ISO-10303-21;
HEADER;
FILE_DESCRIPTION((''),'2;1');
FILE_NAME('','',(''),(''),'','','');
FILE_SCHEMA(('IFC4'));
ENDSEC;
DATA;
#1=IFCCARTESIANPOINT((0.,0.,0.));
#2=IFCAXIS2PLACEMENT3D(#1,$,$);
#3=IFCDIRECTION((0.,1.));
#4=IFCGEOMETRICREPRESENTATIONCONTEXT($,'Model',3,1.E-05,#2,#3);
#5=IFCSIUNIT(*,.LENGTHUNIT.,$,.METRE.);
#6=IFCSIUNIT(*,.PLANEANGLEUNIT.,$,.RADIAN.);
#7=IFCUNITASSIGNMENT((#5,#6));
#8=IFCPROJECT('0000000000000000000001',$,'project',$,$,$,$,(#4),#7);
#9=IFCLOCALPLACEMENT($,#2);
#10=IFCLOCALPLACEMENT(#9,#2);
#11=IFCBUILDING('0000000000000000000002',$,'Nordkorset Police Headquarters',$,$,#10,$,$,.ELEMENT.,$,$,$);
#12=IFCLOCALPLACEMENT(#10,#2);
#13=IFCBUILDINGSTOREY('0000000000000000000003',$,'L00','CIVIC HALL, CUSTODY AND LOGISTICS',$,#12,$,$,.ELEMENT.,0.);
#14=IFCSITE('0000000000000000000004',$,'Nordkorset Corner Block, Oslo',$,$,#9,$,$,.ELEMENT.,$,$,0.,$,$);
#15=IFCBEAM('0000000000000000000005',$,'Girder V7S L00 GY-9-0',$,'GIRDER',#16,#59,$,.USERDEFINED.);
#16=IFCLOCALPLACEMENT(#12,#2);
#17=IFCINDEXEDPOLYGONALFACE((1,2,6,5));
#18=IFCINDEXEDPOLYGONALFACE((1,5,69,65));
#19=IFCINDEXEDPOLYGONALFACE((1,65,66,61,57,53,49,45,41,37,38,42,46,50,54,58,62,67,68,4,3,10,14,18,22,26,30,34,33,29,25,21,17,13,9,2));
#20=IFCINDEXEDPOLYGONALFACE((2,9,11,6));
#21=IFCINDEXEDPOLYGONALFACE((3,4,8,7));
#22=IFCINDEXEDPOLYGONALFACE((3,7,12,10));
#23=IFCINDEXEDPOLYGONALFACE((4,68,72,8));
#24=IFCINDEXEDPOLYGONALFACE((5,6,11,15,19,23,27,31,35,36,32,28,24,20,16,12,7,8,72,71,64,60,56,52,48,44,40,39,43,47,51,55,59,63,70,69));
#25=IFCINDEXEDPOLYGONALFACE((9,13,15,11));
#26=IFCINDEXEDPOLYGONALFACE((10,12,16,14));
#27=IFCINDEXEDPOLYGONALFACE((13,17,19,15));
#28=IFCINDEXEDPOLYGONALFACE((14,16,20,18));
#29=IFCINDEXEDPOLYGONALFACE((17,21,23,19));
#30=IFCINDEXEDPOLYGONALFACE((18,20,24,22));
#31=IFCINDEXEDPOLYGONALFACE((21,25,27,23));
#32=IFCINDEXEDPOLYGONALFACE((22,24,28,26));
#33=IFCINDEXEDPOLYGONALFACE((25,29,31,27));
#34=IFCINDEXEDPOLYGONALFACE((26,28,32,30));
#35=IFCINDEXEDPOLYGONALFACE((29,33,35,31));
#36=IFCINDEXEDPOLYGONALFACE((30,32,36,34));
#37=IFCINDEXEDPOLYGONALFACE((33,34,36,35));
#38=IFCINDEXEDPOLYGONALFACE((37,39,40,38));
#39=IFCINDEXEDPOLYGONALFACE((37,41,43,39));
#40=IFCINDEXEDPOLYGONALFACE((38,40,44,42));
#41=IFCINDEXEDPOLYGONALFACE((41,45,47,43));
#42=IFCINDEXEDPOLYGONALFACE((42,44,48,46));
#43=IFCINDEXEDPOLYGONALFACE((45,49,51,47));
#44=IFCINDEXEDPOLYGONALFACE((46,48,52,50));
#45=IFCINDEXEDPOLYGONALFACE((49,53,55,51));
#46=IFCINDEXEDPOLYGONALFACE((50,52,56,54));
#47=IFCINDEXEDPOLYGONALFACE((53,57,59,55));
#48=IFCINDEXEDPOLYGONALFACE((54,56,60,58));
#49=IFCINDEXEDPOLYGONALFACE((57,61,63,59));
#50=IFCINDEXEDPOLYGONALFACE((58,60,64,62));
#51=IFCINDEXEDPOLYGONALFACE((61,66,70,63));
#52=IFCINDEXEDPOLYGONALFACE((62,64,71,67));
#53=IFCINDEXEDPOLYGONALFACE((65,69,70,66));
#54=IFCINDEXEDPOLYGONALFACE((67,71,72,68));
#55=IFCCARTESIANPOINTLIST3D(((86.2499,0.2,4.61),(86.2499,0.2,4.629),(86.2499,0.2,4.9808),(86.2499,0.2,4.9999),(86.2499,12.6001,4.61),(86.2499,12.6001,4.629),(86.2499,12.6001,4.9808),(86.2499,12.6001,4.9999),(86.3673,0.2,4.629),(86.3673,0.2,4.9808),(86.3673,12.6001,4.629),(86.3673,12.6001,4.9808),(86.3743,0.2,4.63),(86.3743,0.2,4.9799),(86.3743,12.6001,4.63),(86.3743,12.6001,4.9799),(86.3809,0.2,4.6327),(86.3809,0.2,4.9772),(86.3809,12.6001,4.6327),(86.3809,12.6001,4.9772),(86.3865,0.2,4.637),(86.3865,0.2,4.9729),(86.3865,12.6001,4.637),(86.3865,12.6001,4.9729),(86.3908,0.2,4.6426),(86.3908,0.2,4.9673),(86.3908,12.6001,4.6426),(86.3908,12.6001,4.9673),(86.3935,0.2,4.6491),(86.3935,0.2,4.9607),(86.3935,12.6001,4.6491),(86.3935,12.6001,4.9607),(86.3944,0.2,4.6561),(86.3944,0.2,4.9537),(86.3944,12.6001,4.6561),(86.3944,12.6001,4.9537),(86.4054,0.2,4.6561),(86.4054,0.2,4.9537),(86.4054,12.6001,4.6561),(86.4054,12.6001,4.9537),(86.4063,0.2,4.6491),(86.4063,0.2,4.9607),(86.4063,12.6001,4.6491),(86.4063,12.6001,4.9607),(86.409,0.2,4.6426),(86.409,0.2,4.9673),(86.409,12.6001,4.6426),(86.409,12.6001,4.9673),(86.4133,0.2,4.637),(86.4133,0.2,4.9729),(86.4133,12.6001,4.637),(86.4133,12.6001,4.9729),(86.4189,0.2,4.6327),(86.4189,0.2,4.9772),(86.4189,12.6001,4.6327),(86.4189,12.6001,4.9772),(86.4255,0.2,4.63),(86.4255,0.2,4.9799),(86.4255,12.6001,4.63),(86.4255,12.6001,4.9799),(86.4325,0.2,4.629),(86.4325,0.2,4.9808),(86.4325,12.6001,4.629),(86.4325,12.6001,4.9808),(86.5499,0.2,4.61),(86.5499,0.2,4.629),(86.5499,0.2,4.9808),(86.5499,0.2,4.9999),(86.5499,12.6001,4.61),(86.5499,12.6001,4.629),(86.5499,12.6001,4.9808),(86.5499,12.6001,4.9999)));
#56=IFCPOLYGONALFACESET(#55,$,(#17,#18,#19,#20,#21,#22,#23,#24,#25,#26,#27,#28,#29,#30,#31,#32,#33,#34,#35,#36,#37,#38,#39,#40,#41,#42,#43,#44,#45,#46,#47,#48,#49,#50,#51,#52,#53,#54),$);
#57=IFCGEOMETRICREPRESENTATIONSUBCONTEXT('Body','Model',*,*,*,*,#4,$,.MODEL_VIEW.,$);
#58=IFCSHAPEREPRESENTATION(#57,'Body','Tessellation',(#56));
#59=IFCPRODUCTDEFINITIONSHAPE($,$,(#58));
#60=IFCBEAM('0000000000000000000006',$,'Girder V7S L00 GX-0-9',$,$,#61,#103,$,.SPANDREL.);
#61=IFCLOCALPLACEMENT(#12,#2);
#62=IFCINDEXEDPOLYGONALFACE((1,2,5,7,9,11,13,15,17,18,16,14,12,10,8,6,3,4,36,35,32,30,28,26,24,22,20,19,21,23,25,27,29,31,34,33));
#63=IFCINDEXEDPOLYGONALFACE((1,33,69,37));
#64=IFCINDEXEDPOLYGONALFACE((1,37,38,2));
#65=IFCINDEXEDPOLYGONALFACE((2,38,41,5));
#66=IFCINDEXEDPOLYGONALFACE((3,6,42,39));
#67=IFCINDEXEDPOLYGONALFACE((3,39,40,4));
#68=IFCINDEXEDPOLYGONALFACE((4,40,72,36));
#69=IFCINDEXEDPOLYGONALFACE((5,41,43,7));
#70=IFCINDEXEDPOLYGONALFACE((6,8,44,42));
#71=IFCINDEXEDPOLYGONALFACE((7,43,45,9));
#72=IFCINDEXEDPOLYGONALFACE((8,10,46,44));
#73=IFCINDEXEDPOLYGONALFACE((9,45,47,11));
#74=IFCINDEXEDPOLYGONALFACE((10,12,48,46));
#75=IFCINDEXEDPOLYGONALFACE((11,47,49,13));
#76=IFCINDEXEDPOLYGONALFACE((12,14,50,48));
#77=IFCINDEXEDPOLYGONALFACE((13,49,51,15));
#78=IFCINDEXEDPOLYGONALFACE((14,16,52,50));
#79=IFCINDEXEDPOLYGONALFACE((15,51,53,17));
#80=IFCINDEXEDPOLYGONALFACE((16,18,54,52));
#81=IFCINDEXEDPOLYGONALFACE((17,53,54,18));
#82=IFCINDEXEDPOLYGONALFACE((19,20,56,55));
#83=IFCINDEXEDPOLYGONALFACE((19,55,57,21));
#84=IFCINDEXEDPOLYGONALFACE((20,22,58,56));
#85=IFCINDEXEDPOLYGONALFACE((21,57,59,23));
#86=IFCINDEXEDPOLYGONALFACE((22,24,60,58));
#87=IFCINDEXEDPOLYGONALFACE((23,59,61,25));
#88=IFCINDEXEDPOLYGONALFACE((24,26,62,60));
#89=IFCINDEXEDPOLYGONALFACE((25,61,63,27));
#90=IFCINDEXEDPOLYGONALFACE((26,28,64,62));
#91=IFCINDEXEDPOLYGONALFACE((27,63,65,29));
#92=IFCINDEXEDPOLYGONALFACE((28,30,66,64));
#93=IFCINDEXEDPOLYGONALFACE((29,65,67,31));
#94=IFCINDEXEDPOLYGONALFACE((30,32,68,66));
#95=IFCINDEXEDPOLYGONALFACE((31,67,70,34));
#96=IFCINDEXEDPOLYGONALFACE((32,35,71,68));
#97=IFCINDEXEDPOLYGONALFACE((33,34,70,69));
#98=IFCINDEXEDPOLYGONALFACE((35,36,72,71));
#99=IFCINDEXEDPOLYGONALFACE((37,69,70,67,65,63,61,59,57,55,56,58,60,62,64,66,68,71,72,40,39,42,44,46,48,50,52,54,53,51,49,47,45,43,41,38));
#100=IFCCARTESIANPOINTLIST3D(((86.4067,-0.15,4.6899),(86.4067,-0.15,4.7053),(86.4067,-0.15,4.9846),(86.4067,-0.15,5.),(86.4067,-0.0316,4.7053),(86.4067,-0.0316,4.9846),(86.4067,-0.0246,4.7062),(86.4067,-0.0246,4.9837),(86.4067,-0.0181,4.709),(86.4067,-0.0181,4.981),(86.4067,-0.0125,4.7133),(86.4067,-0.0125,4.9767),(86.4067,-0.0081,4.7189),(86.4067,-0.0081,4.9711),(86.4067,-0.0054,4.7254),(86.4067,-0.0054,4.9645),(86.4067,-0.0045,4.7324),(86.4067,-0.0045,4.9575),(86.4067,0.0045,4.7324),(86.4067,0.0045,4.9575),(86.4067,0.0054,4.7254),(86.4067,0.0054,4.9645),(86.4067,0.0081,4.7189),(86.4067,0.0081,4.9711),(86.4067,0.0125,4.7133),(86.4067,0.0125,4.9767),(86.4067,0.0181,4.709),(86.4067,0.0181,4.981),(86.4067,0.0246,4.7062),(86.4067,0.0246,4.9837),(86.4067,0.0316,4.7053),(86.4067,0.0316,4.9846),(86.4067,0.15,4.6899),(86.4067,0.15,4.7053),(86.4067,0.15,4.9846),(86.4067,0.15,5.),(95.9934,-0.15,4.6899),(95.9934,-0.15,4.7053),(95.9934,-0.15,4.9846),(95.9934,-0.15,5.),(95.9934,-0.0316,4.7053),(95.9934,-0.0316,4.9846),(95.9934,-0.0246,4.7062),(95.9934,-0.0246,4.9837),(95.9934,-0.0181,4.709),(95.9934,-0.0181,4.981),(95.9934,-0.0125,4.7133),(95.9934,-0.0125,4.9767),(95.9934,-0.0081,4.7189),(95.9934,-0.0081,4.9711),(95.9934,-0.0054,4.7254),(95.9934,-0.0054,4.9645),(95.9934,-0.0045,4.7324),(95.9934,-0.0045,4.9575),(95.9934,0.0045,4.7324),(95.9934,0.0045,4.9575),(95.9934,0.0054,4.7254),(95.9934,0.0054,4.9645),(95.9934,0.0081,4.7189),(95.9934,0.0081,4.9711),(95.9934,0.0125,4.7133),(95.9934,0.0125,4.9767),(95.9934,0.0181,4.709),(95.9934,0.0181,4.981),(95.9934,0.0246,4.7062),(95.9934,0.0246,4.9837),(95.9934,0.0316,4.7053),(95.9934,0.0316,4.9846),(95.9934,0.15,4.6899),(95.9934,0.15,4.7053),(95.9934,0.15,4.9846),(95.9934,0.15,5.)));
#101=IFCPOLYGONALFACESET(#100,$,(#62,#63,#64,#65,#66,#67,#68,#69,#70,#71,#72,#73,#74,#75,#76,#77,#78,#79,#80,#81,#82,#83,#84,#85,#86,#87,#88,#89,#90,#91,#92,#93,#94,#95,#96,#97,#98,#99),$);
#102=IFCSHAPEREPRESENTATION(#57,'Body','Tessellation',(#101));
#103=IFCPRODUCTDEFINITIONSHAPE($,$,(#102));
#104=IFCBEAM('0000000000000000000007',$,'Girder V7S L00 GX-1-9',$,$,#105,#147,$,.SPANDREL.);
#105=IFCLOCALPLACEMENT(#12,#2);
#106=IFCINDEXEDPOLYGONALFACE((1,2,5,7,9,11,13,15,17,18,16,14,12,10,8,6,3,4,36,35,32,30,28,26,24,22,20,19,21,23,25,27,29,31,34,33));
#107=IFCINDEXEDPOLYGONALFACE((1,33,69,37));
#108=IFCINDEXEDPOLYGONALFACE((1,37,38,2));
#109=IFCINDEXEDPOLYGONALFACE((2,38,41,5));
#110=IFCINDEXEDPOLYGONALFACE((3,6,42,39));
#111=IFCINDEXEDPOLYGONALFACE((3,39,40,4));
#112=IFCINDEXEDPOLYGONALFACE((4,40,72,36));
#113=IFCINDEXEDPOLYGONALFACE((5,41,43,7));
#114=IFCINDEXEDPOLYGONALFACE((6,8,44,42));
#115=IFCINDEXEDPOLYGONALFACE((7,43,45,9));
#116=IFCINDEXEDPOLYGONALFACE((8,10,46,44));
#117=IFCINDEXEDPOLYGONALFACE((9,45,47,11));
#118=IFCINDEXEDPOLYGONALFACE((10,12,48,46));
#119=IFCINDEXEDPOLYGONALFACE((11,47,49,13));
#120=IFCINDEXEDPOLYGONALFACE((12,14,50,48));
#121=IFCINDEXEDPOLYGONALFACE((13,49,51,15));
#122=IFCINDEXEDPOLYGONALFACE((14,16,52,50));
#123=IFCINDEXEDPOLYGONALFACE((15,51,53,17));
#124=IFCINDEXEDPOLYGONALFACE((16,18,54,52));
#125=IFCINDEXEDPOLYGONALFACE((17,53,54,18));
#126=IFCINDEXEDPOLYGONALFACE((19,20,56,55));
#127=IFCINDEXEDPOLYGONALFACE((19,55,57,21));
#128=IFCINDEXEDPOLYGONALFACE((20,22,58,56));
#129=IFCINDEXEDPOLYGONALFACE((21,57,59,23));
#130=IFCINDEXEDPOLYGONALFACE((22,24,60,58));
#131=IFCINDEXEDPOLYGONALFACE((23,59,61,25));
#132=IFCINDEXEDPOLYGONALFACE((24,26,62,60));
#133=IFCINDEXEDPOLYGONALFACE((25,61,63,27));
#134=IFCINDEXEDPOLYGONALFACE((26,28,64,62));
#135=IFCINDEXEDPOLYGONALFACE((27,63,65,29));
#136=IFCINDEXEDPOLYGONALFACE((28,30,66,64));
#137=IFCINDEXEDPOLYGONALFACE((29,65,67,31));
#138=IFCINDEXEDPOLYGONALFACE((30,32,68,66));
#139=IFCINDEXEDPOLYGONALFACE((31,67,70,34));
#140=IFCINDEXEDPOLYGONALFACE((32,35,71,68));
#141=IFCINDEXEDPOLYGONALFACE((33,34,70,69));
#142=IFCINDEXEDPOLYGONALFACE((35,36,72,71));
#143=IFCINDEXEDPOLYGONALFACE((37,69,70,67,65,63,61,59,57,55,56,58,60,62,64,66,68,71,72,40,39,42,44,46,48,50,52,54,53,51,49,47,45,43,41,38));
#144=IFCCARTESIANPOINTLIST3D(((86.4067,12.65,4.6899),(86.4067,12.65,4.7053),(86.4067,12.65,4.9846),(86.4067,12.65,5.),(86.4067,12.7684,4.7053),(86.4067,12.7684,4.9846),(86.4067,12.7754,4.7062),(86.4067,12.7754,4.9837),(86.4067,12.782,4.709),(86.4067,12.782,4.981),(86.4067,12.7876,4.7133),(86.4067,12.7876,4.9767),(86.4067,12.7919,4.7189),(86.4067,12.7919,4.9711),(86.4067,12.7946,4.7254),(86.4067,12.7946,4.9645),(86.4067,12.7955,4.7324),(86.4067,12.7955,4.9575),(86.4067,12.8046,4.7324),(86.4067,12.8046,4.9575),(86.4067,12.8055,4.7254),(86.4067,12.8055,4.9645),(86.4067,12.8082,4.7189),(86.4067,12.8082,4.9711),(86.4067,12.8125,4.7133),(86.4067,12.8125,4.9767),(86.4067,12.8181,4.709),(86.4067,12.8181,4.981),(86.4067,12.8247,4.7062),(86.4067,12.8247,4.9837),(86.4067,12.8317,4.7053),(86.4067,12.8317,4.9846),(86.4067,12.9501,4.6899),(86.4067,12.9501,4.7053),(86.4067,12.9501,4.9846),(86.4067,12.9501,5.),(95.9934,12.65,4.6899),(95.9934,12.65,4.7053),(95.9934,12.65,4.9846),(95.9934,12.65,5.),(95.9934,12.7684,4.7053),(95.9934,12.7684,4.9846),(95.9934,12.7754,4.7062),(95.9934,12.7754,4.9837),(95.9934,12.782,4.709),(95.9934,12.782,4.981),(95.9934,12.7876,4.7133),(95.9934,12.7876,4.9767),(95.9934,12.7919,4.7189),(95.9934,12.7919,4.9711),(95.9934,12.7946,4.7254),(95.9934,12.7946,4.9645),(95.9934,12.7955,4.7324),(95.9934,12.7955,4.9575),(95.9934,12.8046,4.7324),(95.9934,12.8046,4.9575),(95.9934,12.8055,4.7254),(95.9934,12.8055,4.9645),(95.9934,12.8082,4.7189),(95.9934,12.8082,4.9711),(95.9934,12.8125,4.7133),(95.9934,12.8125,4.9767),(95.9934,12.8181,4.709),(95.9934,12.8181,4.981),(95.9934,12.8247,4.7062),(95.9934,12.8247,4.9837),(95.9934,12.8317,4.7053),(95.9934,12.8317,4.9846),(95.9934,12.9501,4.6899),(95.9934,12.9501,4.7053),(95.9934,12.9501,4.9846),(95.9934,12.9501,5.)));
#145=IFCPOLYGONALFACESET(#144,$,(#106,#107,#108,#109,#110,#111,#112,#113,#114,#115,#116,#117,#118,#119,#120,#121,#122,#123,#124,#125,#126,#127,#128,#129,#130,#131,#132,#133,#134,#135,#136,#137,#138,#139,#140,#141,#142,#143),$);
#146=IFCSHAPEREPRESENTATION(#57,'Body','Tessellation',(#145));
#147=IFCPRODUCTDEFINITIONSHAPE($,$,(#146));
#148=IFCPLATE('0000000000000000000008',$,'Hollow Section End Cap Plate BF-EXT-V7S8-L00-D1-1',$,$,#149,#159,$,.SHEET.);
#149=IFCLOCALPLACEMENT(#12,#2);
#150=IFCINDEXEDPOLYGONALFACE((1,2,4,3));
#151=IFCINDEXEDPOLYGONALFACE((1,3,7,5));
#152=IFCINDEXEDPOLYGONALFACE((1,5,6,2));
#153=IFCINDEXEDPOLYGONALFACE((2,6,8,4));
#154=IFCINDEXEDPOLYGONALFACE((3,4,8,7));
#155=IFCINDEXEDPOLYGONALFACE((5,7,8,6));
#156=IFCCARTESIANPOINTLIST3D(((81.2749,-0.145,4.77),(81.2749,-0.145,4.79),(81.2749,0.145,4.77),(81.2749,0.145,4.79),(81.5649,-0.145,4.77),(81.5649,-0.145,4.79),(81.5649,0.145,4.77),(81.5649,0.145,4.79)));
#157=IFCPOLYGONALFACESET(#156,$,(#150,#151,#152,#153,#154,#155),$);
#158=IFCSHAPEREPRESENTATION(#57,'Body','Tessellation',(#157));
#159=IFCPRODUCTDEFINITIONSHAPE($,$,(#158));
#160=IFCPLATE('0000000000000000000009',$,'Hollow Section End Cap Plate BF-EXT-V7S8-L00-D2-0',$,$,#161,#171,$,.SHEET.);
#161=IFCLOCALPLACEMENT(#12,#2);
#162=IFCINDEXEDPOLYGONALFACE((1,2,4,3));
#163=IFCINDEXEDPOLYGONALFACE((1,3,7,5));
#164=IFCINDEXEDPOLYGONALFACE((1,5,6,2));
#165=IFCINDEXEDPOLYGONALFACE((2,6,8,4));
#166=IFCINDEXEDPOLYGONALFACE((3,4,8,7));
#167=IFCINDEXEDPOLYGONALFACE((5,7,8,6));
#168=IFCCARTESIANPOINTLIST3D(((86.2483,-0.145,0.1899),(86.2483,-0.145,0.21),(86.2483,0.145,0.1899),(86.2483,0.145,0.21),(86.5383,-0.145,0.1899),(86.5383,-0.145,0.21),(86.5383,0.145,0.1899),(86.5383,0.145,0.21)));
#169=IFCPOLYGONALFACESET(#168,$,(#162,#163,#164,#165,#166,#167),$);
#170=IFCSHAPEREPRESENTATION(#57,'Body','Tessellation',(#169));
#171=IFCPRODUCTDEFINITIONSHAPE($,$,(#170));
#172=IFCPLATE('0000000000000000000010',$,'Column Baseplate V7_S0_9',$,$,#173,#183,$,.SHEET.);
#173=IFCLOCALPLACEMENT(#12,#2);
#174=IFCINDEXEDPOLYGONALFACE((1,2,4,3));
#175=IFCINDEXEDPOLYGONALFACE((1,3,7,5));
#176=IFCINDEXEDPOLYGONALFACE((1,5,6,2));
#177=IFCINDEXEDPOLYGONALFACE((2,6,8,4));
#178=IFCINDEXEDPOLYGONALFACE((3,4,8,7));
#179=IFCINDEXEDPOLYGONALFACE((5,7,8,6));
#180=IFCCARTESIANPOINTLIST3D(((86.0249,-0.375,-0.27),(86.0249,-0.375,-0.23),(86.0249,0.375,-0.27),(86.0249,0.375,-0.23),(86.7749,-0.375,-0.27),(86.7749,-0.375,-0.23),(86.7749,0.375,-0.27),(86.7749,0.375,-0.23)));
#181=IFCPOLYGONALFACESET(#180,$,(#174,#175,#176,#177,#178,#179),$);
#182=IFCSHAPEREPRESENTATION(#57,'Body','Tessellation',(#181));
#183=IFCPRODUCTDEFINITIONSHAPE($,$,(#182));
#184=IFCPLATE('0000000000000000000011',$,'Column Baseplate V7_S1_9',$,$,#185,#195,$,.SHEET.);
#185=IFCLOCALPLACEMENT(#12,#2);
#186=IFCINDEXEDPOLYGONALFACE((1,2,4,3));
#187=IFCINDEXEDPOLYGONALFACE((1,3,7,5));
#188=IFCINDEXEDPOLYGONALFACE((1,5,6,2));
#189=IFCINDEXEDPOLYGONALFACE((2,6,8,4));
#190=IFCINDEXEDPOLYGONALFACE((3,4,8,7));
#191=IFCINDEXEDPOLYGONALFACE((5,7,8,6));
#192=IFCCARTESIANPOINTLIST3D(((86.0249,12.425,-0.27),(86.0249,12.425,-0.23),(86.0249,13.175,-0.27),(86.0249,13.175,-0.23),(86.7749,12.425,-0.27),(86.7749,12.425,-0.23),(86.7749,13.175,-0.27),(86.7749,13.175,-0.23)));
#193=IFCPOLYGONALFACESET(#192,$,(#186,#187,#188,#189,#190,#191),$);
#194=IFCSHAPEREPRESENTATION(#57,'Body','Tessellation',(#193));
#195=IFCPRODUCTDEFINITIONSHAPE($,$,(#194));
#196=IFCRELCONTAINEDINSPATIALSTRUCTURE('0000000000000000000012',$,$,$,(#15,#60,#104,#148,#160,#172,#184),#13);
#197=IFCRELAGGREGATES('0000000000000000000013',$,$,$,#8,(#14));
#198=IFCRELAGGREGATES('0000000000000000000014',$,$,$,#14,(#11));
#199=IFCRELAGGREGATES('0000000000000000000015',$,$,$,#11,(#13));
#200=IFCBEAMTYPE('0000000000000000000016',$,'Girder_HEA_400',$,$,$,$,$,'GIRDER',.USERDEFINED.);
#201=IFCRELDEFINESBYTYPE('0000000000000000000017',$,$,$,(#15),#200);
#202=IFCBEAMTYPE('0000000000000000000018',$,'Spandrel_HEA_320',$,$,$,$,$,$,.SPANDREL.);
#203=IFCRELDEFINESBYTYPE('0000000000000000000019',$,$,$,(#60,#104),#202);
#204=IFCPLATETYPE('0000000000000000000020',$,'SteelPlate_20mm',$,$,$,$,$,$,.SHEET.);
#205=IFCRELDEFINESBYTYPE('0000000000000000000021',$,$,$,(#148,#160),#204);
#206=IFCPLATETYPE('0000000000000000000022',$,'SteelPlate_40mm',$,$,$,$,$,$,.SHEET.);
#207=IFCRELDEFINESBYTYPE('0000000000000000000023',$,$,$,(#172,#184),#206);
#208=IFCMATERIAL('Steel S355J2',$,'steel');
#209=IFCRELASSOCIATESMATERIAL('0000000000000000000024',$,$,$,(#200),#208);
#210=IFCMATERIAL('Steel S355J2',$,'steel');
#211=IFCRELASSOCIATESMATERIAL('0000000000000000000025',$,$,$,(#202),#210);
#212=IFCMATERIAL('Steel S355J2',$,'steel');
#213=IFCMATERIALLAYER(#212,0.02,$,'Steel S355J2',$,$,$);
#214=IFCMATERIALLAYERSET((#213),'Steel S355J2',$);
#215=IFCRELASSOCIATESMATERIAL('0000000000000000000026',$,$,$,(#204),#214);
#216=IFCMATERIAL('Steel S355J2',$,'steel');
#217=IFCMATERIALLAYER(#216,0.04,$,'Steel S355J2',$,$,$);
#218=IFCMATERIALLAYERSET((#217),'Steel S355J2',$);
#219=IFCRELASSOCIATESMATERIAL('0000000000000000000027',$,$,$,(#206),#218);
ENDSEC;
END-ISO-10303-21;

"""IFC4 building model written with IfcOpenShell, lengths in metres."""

from ifc_helpers import new_model, si_unit, direction, frame, origin, origin_2d, place, context, subcontext, project, spatial, rectangle, i_section, extrude, material, layer, layer_set, material_profile, profile_set, type_object, element, save


model = new_model("IFC4")

# Units and contexts
model_context = context("Model", 3, precision=1e-05, world=origin(), true_north=direction((0.0, 1.0)))
body_context = subcontext(model_context, "Body", "Model", "MODEL_VIEW")
ifc_project = project(units=[si_unit("LENGTHUNIT", "METRE"), si_unit("PLANEANGLEUNIT", "RADIAN")], contexts=[model_context])

# Site, building, storey
site_placement = place(None, origin())
site = spatial("IfcSite", under=ifc_project, at=site_placement, Name="Nordkorset Corner Block, Oslo", CompositionType="ELEMENT", RefElevation=0.0)
building_placement = place(site_placement, origin())
building = spatial("IfcBuilding", under=site, at=building_placement, Name="Nordkorset Police Headquarters", CompositionType="ELEMENT")
storey_placement = place(building_placement, origin())
storey = spatial("IfcBuildingStorey", under=building, at=storey_placement, Name="L00", Description="CIVIC HALL, CUSTODY AND LOGISTICS", CompositionType="ELEMENT", Elevation=0.0)

# Beams
ifc_material_1 = material(Name="Steel S355J2", Category="steel")
ifc_material_profile_1 = material_profile(ifc_material_1, i_section(OverallWidth=0.3, OverallDepth=0.3899, WebThickness=0.011, FlangeThickness=0.019, FilletRadius=0.0271, at=origin_2d()), Name="HEA 400")
ifc_profile_set_1 = profile_set([ifc_material_profile_1], Name="Steel S355J2")
beam_type_1 = type_object("IfcBeamType", Name="Girder_HEA_400", ElementType="GIRDER", PredefinedType="USERDEFINED", material=ifc_profile_set_1)
beam_placement = place(storey_placement, frame((86.3999, 0.2, 4.8049), z_axis=(0.0, 1.0, 0.0), x_axis=(-1.0, 0.0, 0.0)))
element("IfcBeam", 1, at=beam_placement, inside=storey, type_object=beam_type_1, Name="Girder V7S L00 GY-9-0", ObjectType="GIRDER", PredefinedType="USERDEFINED", context=body_context, shape_type="SweptSolid", body=[
    extrude(i_section(OverallWidth=0.3, OverallDepth=0.3899, WebThickness=0.011, FlangeThickness=0.019, FilletRadius=0.0271, at=origin_2d()), origin(), (0.0, 0.0, 1.0), 12.4001),
])
ifc_material_2 = material(Name="Steel S355J2", Category="steel")
ifc_material_profile_2 = material_profile(ifc_material_2, i_section(OverallWidth=0.3, OverallDepth=0.3101, WebThickness=0.009, FlangeThickness=0.0154, FilletRadius=0.0271, at=origin_2d()), Name="HEA 320")
ifc_profile_set_2 = profile_set([ifc_material_profile_2], Name="Steel S355J2")
beam_type_2 = type_object("IfcBeamType", Name="Spandrel_HEA_320", PredefinedType="SPANDREL", material=ifc_profile_set_2)
for number, where, z_axis, x_axis, name in (
    (2, (86.4067, 0.0, 4.845), (1.0, 0.0, 0.0), (0.0, 1.0, 0.0), "Girder V7S L00 GX-0-9"),
    (3, (86.4067, 12.8, 4.845), (1.0, 0.0, 0.0), (0.0, 1.0, 0.0), "Girder V7S L00 GX-1-9"),
):
    element("IfcBeam", number, at=place(storey_placement, frame(where, z_axis=z_axis, x_axis=x_axis)), inside=storey, type_object=beam_type_2, Name=name, PredefinedType="SPANDREL", context=body_context, shape_type="SweptSolid", body=[
        extrude(i_section(OverallWidth=0.3, OverallDepth=0.3101, WebThickness=0.009, FlangeThickness=0.0154, FilletRadius=0.0271, at=origin_2d()), origin(), (0.0, 0.0, 1.0), 9.5867),
    ])

# Plates
ifc_material_3 = material(Name="Steel S355J2", Category="steel")
ifc_layer_1 = layer(ifc_material_3, 0.02, Name="Steel S355J2")
ifc_layer_set_1 = layer_set([ifc_layer_1], Name="Steel S355J2")
plate_type_1 = type_object("IfcPlateType", Name="SteelPlate_20mm", PredefinedType="SHEET", material=ifc_layer_set_1)
for number, where, z_axis, x_axis, name in (
    (4, (81.4199, 0.0, 4.77), (0.0, 0.0, 1.0), (1.0, 0.0, 0.0), "Hollow Section End Cap Plate BF-EXT-V7S8-L00-D1-1"),
    (5, (86.3933, 0.0, 0.1899), (0.0, 0.0, 1.0), (1.0, 0.0, 0.0), "Hollow Section End Cap Plate BF-EXT-V7S8-L00-D2-0"),
):
    element("IfcPlate", number, at=place(storey_placement, frame(where, z_axis=z_axis, x_axis=x_axis)), inside=storey, type_object=plate_type_1, Name=name, PredefinedType="SHEET", context=body_context, shape_type="SweptSolid", body=[
        extrude(rectangle(XDim=0.29, YDim=0.29, at=origin_2d()), origin(), (0.0, 0.0, 1.0), 0.02),
    ])
ifc_material_4 = material(Name="Steel S355J2", Category="steel")
ifc_layer_2 = layer(ifc_material_4, 0.04, Name="Steel S355J2")
ifc_layer_set_2 = layer_set([ifc_layer_2], Name="Steel S355J2")
plate_type_2 = type_object("IfcPlateType", Name="SteelPlate_40mm", PredefinedType="SHEET", material=ifc_layer_set_2)
for number, where, z_axis, x_axis, name in (
    (6, (86.3999, 0.0, -0.27), (0.0, 0.0, 1.0), (1.0, 0.0, 0.0), "Column Baseplate V7_S0_9"),
    (7, (86.3999, 12.8, -0.27), (0.0, 0.0, 1.0), (1.0, 0.0, 0.0), "Column Baseplate V7_S1_9"),
):
    element("IfcPlate", number, at=place(storey_placement, frame(where, z_axis=z_axis, x_axis=x_axis)), inside=storey, type_object=plate_type_2, Name=name, PredefinedType="SHEET", context=body_context, shape_type="SweptSolid", body=[
        extrude(rectangle(XDim=0.75, YDim=0.75, at=origin_2d()), origin(), (0.0, 0.0, 1.0), 0.04),
    ])

save(model, "model.ifc")
